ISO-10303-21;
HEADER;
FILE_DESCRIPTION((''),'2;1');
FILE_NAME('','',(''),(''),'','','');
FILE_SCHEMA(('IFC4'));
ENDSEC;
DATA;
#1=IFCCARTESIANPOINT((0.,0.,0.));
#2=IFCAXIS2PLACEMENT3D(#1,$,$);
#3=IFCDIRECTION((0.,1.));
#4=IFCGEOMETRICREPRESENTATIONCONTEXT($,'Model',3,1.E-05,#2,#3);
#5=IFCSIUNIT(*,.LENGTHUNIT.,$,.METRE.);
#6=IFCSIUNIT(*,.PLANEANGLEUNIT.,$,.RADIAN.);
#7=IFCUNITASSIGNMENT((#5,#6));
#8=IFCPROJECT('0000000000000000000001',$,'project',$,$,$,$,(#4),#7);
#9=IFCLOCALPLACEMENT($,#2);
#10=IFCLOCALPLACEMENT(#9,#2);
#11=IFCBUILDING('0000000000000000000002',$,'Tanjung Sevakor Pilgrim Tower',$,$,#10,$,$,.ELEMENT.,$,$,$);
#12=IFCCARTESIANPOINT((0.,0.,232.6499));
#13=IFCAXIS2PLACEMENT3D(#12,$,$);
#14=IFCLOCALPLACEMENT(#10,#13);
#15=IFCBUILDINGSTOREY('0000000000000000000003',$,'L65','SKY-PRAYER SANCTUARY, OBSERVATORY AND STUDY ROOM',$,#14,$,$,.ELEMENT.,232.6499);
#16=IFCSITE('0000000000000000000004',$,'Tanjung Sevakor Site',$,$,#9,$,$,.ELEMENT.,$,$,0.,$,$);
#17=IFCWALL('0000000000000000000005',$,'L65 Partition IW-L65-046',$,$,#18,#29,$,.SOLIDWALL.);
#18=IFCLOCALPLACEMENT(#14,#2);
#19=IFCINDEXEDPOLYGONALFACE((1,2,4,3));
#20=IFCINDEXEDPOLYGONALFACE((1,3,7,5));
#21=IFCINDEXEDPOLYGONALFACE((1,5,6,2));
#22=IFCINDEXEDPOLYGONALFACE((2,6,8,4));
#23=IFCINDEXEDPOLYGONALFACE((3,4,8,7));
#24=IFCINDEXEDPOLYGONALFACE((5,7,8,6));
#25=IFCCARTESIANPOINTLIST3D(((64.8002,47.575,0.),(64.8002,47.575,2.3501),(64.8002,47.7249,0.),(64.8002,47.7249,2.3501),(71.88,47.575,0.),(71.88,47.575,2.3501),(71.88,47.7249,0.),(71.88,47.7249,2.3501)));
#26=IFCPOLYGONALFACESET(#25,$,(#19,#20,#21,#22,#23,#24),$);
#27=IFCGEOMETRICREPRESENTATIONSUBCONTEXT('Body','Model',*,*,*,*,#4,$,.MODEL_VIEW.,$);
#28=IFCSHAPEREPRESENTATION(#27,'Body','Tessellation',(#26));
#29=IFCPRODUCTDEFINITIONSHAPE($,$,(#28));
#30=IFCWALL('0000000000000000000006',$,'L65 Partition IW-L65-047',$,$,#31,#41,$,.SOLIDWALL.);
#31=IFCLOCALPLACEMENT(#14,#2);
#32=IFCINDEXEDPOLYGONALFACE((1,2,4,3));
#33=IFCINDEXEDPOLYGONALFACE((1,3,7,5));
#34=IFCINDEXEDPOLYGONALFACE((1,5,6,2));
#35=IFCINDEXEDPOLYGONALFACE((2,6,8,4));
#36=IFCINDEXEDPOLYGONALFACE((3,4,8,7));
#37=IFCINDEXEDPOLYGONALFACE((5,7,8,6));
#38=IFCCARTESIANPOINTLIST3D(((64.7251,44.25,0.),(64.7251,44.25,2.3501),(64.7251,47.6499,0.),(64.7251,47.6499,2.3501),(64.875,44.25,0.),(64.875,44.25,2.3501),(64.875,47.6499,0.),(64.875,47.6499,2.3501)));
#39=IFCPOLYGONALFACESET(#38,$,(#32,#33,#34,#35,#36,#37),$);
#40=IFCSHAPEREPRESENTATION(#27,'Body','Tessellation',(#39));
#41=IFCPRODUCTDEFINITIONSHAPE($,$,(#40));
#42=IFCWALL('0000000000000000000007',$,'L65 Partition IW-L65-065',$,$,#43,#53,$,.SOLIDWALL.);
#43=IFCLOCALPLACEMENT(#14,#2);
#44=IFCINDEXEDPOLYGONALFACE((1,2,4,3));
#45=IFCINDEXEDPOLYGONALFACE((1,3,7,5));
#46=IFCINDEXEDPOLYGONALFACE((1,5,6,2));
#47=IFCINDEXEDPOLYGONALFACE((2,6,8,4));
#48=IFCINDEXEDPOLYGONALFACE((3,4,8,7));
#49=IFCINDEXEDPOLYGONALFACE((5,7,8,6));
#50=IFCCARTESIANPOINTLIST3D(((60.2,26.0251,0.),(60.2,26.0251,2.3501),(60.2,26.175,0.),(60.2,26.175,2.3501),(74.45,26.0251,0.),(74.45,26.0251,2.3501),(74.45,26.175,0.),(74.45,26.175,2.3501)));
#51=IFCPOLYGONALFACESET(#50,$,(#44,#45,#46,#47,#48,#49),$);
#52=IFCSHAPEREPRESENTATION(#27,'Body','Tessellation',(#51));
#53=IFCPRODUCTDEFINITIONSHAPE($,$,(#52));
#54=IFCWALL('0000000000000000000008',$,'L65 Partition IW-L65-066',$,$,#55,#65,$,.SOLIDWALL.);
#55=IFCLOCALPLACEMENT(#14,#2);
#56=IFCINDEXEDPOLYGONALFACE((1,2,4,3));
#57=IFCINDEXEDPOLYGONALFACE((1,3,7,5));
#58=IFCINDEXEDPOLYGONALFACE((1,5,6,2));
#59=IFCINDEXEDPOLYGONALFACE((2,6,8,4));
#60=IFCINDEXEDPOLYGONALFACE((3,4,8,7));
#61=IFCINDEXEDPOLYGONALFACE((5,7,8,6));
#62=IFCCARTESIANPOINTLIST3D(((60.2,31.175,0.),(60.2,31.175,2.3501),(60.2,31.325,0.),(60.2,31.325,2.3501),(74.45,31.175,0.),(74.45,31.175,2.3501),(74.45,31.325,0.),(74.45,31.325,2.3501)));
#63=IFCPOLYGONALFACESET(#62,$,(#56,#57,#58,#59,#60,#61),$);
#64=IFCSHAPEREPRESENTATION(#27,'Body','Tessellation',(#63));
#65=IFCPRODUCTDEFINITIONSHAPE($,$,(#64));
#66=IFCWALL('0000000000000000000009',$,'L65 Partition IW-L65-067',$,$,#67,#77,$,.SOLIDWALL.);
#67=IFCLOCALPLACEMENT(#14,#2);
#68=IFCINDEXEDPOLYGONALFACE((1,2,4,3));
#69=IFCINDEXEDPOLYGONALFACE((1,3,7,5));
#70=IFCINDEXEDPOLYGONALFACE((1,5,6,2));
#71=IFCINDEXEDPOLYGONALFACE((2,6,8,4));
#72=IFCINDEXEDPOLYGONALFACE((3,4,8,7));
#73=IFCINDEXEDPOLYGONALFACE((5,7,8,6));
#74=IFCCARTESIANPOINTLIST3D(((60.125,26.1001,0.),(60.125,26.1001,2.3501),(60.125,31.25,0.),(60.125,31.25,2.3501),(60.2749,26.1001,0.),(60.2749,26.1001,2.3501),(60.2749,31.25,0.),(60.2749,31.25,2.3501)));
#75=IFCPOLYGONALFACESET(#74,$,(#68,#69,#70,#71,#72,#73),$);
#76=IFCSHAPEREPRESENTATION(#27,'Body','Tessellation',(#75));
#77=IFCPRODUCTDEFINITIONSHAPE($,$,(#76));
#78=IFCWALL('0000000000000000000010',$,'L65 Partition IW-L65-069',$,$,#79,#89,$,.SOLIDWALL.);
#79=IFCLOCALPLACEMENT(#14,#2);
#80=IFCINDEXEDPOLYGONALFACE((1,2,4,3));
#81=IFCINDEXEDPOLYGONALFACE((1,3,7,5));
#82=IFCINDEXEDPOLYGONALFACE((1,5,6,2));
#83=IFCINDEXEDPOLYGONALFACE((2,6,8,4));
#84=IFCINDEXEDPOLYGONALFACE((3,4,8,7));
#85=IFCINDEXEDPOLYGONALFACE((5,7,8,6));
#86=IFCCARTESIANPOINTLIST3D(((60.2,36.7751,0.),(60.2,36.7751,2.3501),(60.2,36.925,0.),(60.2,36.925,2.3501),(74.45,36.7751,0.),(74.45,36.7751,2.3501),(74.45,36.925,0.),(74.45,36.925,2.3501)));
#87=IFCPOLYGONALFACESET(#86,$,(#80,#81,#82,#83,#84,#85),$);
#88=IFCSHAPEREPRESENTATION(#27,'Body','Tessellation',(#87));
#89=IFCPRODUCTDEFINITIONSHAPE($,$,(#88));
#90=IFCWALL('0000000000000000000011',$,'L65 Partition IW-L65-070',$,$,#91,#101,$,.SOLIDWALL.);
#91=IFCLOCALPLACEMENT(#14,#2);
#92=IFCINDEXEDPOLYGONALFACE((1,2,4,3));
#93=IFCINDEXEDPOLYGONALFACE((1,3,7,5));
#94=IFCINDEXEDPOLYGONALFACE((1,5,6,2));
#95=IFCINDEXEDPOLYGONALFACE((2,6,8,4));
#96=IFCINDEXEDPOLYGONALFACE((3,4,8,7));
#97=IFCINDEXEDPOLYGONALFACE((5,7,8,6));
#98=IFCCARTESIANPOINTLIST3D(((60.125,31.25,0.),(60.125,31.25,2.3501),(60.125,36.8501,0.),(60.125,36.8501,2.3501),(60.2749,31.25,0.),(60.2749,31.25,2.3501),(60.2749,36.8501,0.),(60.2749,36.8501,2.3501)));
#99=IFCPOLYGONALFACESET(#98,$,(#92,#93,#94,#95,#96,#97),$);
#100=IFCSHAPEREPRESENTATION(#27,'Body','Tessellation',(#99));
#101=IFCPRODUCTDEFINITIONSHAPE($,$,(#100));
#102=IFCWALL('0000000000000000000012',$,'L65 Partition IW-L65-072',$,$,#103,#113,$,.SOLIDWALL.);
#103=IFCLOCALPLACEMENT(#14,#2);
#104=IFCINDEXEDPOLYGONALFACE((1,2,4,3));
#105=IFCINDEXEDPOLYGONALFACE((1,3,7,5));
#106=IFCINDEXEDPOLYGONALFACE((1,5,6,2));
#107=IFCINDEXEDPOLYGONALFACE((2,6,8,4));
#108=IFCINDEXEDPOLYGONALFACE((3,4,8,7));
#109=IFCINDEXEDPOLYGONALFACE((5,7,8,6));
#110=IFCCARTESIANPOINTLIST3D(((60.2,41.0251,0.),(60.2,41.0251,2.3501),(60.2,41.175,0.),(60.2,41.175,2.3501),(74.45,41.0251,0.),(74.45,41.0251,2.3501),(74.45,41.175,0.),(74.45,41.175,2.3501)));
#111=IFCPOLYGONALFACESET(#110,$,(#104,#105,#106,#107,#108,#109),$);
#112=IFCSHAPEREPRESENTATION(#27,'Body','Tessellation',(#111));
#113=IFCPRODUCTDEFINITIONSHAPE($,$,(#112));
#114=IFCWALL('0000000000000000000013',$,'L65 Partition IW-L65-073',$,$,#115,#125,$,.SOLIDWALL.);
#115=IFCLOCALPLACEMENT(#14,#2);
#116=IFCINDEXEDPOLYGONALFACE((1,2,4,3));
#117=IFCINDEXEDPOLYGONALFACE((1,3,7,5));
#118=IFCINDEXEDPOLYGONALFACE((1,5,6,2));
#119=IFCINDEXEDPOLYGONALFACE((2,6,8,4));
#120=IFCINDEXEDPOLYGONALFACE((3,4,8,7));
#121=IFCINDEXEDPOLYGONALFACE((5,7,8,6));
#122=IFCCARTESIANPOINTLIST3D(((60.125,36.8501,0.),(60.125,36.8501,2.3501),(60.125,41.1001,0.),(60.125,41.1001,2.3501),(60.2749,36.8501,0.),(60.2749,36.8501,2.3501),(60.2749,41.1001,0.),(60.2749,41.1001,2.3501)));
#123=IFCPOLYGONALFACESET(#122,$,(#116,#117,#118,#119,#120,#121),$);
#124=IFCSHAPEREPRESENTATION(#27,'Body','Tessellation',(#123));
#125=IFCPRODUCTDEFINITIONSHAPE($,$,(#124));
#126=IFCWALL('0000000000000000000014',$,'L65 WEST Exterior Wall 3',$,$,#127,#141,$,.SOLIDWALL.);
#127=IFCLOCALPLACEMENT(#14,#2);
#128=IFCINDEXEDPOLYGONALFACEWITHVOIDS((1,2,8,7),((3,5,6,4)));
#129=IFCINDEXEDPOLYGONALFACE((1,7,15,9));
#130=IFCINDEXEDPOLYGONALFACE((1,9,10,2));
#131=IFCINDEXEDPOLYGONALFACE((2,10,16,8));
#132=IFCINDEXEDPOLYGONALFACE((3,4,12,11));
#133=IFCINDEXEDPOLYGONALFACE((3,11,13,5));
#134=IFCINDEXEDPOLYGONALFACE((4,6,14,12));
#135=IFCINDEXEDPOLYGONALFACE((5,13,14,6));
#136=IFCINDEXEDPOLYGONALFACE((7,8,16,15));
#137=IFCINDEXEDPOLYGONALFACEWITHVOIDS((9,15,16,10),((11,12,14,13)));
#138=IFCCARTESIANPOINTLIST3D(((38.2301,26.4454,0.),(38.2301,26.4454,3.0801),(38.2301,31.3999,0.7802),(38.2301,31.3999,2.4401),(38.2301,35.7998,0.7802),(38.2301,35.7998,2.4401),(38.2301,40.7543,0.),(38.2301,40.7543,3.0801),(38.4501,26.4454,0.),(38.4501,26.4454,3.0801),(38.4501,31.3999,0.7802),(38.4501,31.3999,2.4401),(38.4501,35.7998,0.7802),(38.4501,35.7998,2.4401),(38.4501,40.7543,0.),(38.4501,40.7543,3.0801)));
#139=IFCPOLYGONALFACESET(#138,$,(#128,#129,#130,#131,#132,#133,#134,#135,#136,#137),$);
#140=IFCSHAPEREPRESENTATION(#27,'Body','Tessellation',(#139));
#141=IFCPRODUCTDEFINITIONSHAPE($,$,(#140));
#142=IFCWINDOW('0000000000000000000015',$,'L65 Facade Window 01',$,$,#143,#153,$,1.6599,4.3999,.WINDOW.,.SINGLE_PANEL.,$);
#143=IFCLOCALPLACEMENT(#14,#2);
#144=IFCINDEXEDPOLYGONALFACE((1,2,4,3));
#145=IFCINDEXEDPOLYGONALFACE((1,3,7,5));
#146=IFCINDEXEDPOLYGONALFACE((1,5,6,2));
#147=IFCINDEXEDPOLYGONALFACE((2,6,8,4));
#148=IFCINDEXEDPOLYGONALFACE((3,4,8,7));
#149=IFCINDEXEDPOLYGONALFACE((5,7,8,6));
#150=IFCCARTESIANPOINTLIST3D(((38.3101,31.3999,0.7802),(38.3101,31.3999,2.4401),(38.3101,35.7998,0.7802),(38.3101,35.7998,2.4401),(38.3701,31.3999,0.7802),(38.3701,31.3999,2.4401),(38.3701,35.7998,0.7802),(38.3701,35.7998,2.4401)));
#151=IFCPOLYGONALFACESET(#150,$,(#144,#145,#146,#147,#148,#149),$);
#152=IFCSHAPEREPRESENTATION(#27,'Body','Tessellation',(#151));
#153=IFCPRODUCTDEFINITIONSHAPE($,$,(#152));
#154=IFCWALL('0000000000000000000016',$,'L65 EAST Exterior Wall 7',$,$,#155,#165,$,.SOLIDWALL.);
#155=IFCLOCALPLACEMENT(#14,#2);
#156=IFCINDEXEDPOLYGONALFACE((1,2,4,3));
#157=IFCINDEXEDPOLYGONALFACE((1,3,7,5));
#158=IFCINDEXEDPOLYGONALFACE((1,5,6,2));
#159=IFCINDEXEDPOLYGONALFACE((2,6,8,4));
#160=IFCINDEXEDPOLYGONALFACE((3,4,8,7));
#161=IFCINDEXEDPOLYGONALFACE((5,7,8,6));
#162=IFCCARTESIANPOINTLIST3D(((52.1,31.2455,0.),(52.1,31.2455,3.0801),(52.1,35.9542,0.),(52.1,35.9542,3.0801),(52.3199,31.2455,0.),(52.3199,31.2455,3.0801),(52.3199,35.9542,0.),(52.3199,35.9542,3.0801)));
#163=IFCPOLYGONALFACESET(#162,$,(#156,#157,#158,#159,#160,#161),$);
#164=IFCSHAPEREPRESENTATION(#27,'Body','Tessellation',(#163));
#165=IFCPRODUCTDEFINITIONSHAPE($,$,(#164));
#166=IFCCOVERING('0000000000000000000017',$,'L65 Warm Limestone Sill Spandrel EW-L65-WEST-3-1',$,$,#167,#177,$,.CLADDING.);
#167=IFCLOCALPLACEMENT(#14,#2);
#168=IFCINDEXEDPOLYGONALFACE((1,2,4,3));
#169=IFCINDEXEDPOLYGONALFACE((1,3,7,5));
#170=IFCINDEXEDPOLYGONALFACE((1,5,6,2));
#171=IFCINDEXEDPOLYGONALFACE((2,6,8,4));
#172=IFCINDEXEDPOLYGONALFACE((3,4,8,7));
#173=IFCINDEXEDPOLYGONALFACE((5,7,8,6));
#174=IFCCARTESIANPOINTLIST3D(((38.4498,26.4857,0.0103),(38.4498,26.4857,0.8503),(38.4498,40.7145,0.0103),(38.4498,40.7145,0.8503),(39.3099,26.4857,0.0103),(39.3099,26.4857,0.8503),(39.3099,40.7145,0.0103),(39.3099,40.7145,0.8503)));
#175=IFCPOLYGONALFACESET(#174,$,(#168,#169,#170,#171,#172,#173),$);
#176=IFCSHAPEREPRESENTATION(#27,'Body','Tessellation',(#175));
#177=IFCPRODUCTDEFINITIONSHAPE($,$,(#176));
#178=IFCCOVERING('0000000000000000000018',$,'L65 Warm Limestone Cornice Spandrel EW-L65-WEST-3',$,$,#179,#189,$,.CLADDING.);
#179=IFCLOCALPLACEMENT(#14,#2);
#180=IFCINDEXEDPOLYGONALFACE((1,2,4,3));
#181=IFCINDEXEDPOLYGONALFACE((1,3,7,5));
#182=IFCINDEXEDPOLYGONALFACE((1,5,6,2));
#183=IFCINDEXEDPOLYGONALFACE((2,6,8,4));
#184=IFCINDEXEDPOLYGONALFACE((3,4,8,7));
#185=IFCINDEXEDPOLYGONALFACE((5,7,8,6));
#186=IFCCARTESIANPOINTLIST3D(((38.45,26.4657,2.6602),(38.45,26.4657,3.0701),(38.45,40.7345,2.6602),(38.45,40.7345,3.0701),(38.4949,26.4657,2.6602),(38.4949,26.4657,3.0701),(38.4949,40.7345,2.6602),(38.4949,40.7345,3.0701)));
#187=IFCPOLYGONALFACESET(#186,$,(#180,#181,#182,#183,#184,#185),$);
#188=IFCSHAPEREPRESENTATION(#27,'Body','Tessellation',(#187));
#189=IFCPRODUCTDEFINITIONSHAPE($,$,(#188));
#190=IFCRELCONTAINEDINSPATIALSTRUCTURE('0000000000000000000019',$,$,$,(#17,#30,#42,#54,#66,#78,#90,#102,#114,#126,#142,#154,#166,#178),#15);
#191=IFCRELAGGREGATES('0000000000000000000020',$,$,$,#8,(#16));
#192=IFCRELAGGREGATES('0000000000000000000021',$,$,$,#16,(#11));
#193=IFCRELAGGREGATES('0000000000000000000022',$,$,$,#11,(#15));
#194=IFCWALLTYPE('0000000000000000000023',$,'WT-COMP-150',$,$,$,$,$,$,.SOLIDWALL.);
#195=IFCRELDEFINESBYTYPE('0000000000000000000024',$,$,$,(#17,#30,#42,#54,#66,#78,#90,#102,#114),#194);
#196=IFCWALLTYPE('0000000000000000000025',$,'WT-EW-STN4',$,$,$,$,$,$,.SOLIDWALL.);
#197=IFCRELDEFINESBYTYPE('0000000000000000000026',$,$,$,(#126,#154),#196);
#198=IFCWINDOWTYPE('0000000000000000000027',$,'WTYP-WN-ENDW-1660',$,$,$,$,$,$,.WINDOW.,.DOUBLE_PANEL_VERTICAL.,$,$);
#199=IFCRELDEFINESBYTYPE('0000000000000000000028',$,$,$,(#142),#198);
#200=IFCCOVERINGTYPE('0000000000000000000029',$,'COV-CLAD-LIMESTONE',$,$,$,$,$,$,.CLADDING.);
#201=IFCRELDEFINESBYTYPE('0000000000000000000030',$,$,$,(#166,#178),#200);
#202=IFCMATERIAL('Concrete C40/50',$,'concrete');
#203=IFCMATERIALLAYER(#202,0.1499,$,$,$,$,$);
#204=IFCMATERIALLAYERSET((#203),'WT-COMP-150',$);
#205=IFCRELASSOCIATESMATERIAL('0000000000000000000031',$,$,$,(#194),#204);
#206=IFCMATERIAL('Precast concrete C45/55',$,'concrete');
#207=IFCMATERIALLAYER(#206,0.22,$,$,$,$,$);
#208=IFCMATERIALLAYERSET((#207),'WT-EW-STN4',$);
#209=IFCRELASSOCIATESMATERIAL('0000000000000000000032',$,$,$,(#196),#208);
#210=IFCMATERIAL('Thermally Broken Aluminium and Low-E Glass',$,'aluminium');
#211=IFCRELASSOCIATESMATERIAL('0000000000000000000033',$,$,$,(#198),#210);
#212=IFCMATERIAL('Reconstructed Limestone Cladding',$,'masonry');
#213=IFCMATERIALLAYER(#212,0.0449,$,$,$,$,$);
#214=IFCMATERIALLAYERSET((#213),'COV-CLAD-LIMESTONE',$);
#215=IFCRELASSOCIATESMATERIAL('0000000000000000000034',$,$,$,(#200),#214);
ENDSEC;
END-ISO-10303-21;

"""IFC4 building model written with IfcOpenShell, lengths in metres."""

from ifc_helpers import new_model, si_unit, direction, frame, frame_2d, origin, origin_2d, place, context, subcontext, project, spatial, rectangle, extrude, material, layer, layer_set, type_object, element, fill, save


model = new_model("IFC4")

# Units and contexts
model_context = context("Model", 3, precision=1e-05, world=origin(), true_north=direction((0.0, 1.0)))
body_context = subcontext(model_context, "Body", "Model", "MODEL_VIEW")
ifc_project = project(units=[si_unit("LENGTHUNIT", "METRE"), si_unit("PLANEANGLEUNIT", "RADIAN")], contexts=[model_context])

# Site, building, storey
site_placement = place(None, origin())
site = spatial("IfcSite", under=ifc_project, at=site_placement, Name="Tanjung Sevakor Site", CompositionType="ELEMENT", RefElevation=0.0)
building_placement = place(site_placement, origin())
building = spatial("IfcBuilding", under=site, at=building_placement, Name="Tanjung Sevakor Pilgrim Tower", CompositionType="ELEMENT")
storey_placement = place(building_placement, frame((0.0, 0.0, 232.6499)))
storey = spatial("IfcBuildingStorey", under=building, at=storey_placement, Name="L65", Description="SKY-PRAYER SANCTUARY, OBSERVATORY AND STUDY ROOM", CompositionType="ELEMENT", Elevation=232.6499)

# Shared definitions
ifc_material_1 = material(Name="Concrete C40/50", Category="concrete")
ifc_layer_1 = layer(ifc_material_1, 0.1499)
ifc_layer_set_1 = layer_set([ifc_layer_1], Name="WT-COMP-150")
wall_type_1 = type_object("IfcWallType", Name="WT-COMP-150", PredefinedType="SOLIDWALL", material=ifc_layer_set_1)

# Walls
wall_1_placement = place(storey_placement, frame((64.8, 47.6499, 0.0), z_axis=(0.0, 0.0, 1.0), x_axis=(1.0, 0.0, 0.0)))
element("IfcWall", 1, at=wall_1_placement, inside=storey, type_object=wall_type_1, Name="L65 Partition IW-L65-046", PredefinedType="SOLIDWALL", context=body_context, shape_type="SweptSolid", body=[
    extrude(rectangle(XDim=7.0798, YDim=0.1499, at=frame_2d((3.54, 0.0))), origin(), (0.0, 0.0, 1.0), 2.3501),
])
wall_2_placement = place(storey_placement, frame((64.8, 44.25, 0.0), z_axis=(0.0, 0.0, 1.0), x_axis=(0.0, 1.0, 0.0)))
element("IfcWall", 2, at=wall_2_placement, inside=storey, type_object=wall_type_1, Name="L65 Partition IW-L65-047", PredefinedType="SOLIDWALL", context=body_context, shape_type="SweptSolid", body=[
    extrude(rectangle(XDim=3.3999, YDim=0.1499, at=frame_2d((1.7, 0.0))), origin(), (0.0, 0.0, 1.0), 2.3501),
])
for number, where, z_axis, x_axis, name in (
    (3, (60.2, 26.1001, 0.0), (0.0, 0.0, 1.0), (1.0, 0.0, 0.0), "L65 Partition IW-L65-065"),
    (4, (60.2, 31.25, 0.0), (0.0, 0.0, 1.0), (1.0, 0.0, 0.0), "L65 Partition IW-L65-066"),
):
    element("IfcWall", number, at=place(storey_placement, frame(where, z_axis=z_axis, x_axis=x_axis)), inside=storey, type_object=wall_type_1, Name=name, PredefinedType="SOLIDWALL", context=body_context, shape_type="SweptSolid", body=[
        extrude(rectangle(XDim=14.25, YDim=0.1499, at=frame_2d((7.125, 0.0))), origin(), (0.0, 0.0, 1.0), 2.3501),
    ])
wall_3_placement = place(storey_placement, frame((60.2, 26.1001, 0.0), z_axis=(0.0, 0.0, 1.0), x_axis=(0.0, 1.0, 0.0)))
element("IfcWall", 5, at=wall_3_placement, inside=storey, type_object=wall_type_1, Name="L65 Partition IW-L65-067", PredefinedType="SOLIDWALL", context=body_context, shape_type="SweptSolid", body=[
    extrude(rectangle(XDim=5.1499, YDim=0.1499, at=frame_2d((2.575, 0.0))), origin(), (0.0, 0.0, 1.0), 2.3501),
])
wall_4_placement = place(storey_placement, frame((60.2, 36.8501, 0.0), z_axis=(0.0, 0.0, 1.0), x_axis=(1.0, 0.0, 0.0)))
element("IfcWall", 6, at=wall_4_placement, inside=storey, type_object=wall_type_1, Name="L65 Partition IW-L65-069", PredefinedType="SOLIDWALL", context=body_context, shape_type="SweptSolid", body=[
    extrude(rectangle(XDim=14.25, YDim=0.1499, at=frame_2d((7.125, 0.0))), origin(), (0.0, 0.0, 1.0), 2.3501),
])
wall_5_placement = place(storey_placement, frame((60.2, 31.25, 0.0), z_axis=(0.0, 0.0, 1.0), x_axis=(0.0, 1.0, 0.0)))
element("IfcWall", 7, at=wall_5_placement, inside=storey, type_object=wall_type_1, Name="L65 Partition IW-L65-070", PredefinedType="SOLIDWALL", context=body_context, shape_type="SweptSolid", body=[
    extrude(rectangle(XDim=5.6001, YDim=0.1499, at=frame_2d((2.8, 0.0))), origin(), (0.0, 0.0, 1.0), 2.3501),
])
wall_6_placement = place(storey_placement, frame((60.2, 41.1001, 0.0), z_axis=(0.0, 0.0, 1.0), x_axis=(1.0, 0.0, 0.0)))
element("IfcWall", 8, at=wall_6_placement, inside=storey, type_object=wall_type_1, Name="L65 Partition IW-L65-072", PredefinedType="SOLIDWALL", context=body_context, shape_type="SweptSolid", body=[
    extrude(rectangle(XDim=14.25, YDim=0.1499, at=frame_2d((7.125, 0.0))), origin(), (0.0, 0.0, 1.0), 2.3501),
])
wall_7_placement = place(storey_placement, frame((60.2, 36.8501, 0.0), z_axis=(0.0, 0.0, 1.0), x_axis=(0.0, 1.0, 0.0)))
element("IfcWall", 9, at=wall_7_placement, inside=storey, type_object=wall_type_1, Name="L65 Partition IW-L65-073", PredefinedType="SOLIDWALL", context=body_context, shape_type="SweptSolid", body=[
    extrude(rectangle(XDim=4.25, YDim=0.1499, at=frame_2d((2.125, 0.0))), origin(), (0.0, 0.0, 1.0), 2.3501),
])

# Wall, opening, window
ifc_material_2 = material(Name="Precast concrete C45/55", Category="concrete")
ifc_layer_2 = layer(ifc_material_2, 0.22)
ifc_layer_set_2 = layer_set([ifc_layer_2], Name="WT-EW-STN4")
wall_type_2 = type_object("IfcWallType", Name="WT-EW-STN4", PredefinedType="SOLIDWALL", material=ifc_layer_set_2)
wall_8_placement = place(storey_placement, frame((38.3401, 26.4456, 0.0), z_axis=(0.0, 0.0, 1.0), x_axis=(0.0, 1.0, 0.0)))
wall_8 = element("IfcWall", 10, at=wall_8_placement, inside=storey, type_object=wall_type_2, Name="L65 WEST Exterior Wall 3", PredefinedType="SOLIDWALL", context=body_context, shape_type="SweptSolid", body=[
    extrude(rectangle(XDim=14.3088, YDim=0.22, at=frame_2d((7.1543, 0.0))), origin(), (0.0, 0.0, 1.0), 3.0801),
])
opening_1_placement = place(wall_8_placement, frame((4.9543, 0.0, 0.78)))
opening_1 = element("IfcOpeningElement", 11, at=opening_1_placement, cuts=wall_8, PredefinedType="OPENING", context=body_context, shape_type="SweptSolid", body=[
    extrude(rectangle(XDim=4.3999, YDim=1.6599, at=frame_2d((2.2, 0.8301))), frame((0.0, 0.1199, 0.0), z_axis=(0.0, -1.0, 0.0), x_axis=(1.0, 0.0, 0.0)), (0.0, 0.0, 1.0), 0.24),
])
ifc_material_3 = material(Name="Thermally Broken Aluminium and Low-E Glass", Category="aluminium")
window_type = type_object("IfcWindowType", Name="WTYP-WN-ENDW-1660", PartitioningType="DOUBLE_PANEL_VERTICAL", PredefinedType="WINDOW", material=ifc_material_3)
window_placement = place(opening_1_placement, origin())
window = element("IfcWindow", 12, at=window_placement, inside=storey, type_object=window_type, Name="L65 Facade Window 01", OverallHeight=1.6599, OverallWidth=4.3999, PartitioningType="SINGLE_PANEL", PredefinedType="WINDOW", context=body_context, shape_type="SweptSolid", body=[
    extrude(rectangle(XDim=4.3999, YDim=1.6599, at=frame_2d((2.2, 0.8301))), frame((0.0, 0.03, 0.0), z_axis=(0.0, -1.0, 0.0), x_axis=(1.0, 0.0, 0.0)), (0.0, 0.0, 1.0), 0.0601),
])
fill(opening_1, window)

# Wall
wall_9_placement = place(storey_placement, frame((52.21, 35.9543, 0.0), z_axis=(0.0, 0.0, 1.0), x_axis=(0.0, -1.0, 0.0)))
element("IfcWall", 13, at=wall_9_placement, inside=storey, type_object=wall_type_2, Name="L65 EAST Exterior Wall 7", PredefinedType="SOLIDWALL", context=body_context, shape_type="SweptSolid", body=[
    extrude(rectangle(XDim=4.7087, YDim=0.22, at=frame_2d((2.3545, 0.0))), origin(), (0.0, 0.0, 1.0), 3.0801),
])

# Coverings
ifc_material_4 = material(Name="Reconstructed Limestone Cladding", Category="masonry")
ifc_layer_3 = layer(ifc_material_4, 0.0449)
ifc_layer_set_3 = layer_set([ifc_layer_3], Name="COV-CLAD-LIMESTONE")
covering_type = type_object("IfcCoveringType", Name="COV-CLAD-LIMESTONE", PredefinedType="CLADDING", material=ifc_layer_set_3)
covering_1_placement = place(storey_placement, frame((38.8799, 33.6001, 0.0103), z_axis=(0.0, 0.0, 1.0), x_axis=(0.0, 1.0, 0.0)))
element("IfcCovering", 14, at=covering_1_placement, inside=storey, type_object=covering_type, Name="L65 Warm Limestone Sill Spandrel EW-L65-WEST-3-1", PredefinedType="CLADDING", context=body_context, shape_type="SweptSolid", body=[
    extrude(rectangle(XDim=14.2288, YDim=0.8601, at=origin_2d()), origin(), (0.0, 0.0, 1.0), 0.8401),
])
covering_2_placement = place(storey_placement, frame((38.4724, 33.6001, 2.6602), z_axis=(0.0, 0.0, 1.0), x_axis=(0.0, 1.0, 0.0)))
element("IfcCovering", 15, at=covering_2_placement, inside=storey, type_object=covering_type, Name="L65 Warm Limestone Cornice Spandrel EW-L65-WEST-3", PredefinedType="CLADDING", context=body_context, shape_type="SweptSolid", body=[
    extrude(rectangle(XDim=14.2688, YDim=0.0449, at=origin_2d()), origin(), (0.0, 0.0, 1.0), 0.4099),
])

save(model, "model.ifc")
